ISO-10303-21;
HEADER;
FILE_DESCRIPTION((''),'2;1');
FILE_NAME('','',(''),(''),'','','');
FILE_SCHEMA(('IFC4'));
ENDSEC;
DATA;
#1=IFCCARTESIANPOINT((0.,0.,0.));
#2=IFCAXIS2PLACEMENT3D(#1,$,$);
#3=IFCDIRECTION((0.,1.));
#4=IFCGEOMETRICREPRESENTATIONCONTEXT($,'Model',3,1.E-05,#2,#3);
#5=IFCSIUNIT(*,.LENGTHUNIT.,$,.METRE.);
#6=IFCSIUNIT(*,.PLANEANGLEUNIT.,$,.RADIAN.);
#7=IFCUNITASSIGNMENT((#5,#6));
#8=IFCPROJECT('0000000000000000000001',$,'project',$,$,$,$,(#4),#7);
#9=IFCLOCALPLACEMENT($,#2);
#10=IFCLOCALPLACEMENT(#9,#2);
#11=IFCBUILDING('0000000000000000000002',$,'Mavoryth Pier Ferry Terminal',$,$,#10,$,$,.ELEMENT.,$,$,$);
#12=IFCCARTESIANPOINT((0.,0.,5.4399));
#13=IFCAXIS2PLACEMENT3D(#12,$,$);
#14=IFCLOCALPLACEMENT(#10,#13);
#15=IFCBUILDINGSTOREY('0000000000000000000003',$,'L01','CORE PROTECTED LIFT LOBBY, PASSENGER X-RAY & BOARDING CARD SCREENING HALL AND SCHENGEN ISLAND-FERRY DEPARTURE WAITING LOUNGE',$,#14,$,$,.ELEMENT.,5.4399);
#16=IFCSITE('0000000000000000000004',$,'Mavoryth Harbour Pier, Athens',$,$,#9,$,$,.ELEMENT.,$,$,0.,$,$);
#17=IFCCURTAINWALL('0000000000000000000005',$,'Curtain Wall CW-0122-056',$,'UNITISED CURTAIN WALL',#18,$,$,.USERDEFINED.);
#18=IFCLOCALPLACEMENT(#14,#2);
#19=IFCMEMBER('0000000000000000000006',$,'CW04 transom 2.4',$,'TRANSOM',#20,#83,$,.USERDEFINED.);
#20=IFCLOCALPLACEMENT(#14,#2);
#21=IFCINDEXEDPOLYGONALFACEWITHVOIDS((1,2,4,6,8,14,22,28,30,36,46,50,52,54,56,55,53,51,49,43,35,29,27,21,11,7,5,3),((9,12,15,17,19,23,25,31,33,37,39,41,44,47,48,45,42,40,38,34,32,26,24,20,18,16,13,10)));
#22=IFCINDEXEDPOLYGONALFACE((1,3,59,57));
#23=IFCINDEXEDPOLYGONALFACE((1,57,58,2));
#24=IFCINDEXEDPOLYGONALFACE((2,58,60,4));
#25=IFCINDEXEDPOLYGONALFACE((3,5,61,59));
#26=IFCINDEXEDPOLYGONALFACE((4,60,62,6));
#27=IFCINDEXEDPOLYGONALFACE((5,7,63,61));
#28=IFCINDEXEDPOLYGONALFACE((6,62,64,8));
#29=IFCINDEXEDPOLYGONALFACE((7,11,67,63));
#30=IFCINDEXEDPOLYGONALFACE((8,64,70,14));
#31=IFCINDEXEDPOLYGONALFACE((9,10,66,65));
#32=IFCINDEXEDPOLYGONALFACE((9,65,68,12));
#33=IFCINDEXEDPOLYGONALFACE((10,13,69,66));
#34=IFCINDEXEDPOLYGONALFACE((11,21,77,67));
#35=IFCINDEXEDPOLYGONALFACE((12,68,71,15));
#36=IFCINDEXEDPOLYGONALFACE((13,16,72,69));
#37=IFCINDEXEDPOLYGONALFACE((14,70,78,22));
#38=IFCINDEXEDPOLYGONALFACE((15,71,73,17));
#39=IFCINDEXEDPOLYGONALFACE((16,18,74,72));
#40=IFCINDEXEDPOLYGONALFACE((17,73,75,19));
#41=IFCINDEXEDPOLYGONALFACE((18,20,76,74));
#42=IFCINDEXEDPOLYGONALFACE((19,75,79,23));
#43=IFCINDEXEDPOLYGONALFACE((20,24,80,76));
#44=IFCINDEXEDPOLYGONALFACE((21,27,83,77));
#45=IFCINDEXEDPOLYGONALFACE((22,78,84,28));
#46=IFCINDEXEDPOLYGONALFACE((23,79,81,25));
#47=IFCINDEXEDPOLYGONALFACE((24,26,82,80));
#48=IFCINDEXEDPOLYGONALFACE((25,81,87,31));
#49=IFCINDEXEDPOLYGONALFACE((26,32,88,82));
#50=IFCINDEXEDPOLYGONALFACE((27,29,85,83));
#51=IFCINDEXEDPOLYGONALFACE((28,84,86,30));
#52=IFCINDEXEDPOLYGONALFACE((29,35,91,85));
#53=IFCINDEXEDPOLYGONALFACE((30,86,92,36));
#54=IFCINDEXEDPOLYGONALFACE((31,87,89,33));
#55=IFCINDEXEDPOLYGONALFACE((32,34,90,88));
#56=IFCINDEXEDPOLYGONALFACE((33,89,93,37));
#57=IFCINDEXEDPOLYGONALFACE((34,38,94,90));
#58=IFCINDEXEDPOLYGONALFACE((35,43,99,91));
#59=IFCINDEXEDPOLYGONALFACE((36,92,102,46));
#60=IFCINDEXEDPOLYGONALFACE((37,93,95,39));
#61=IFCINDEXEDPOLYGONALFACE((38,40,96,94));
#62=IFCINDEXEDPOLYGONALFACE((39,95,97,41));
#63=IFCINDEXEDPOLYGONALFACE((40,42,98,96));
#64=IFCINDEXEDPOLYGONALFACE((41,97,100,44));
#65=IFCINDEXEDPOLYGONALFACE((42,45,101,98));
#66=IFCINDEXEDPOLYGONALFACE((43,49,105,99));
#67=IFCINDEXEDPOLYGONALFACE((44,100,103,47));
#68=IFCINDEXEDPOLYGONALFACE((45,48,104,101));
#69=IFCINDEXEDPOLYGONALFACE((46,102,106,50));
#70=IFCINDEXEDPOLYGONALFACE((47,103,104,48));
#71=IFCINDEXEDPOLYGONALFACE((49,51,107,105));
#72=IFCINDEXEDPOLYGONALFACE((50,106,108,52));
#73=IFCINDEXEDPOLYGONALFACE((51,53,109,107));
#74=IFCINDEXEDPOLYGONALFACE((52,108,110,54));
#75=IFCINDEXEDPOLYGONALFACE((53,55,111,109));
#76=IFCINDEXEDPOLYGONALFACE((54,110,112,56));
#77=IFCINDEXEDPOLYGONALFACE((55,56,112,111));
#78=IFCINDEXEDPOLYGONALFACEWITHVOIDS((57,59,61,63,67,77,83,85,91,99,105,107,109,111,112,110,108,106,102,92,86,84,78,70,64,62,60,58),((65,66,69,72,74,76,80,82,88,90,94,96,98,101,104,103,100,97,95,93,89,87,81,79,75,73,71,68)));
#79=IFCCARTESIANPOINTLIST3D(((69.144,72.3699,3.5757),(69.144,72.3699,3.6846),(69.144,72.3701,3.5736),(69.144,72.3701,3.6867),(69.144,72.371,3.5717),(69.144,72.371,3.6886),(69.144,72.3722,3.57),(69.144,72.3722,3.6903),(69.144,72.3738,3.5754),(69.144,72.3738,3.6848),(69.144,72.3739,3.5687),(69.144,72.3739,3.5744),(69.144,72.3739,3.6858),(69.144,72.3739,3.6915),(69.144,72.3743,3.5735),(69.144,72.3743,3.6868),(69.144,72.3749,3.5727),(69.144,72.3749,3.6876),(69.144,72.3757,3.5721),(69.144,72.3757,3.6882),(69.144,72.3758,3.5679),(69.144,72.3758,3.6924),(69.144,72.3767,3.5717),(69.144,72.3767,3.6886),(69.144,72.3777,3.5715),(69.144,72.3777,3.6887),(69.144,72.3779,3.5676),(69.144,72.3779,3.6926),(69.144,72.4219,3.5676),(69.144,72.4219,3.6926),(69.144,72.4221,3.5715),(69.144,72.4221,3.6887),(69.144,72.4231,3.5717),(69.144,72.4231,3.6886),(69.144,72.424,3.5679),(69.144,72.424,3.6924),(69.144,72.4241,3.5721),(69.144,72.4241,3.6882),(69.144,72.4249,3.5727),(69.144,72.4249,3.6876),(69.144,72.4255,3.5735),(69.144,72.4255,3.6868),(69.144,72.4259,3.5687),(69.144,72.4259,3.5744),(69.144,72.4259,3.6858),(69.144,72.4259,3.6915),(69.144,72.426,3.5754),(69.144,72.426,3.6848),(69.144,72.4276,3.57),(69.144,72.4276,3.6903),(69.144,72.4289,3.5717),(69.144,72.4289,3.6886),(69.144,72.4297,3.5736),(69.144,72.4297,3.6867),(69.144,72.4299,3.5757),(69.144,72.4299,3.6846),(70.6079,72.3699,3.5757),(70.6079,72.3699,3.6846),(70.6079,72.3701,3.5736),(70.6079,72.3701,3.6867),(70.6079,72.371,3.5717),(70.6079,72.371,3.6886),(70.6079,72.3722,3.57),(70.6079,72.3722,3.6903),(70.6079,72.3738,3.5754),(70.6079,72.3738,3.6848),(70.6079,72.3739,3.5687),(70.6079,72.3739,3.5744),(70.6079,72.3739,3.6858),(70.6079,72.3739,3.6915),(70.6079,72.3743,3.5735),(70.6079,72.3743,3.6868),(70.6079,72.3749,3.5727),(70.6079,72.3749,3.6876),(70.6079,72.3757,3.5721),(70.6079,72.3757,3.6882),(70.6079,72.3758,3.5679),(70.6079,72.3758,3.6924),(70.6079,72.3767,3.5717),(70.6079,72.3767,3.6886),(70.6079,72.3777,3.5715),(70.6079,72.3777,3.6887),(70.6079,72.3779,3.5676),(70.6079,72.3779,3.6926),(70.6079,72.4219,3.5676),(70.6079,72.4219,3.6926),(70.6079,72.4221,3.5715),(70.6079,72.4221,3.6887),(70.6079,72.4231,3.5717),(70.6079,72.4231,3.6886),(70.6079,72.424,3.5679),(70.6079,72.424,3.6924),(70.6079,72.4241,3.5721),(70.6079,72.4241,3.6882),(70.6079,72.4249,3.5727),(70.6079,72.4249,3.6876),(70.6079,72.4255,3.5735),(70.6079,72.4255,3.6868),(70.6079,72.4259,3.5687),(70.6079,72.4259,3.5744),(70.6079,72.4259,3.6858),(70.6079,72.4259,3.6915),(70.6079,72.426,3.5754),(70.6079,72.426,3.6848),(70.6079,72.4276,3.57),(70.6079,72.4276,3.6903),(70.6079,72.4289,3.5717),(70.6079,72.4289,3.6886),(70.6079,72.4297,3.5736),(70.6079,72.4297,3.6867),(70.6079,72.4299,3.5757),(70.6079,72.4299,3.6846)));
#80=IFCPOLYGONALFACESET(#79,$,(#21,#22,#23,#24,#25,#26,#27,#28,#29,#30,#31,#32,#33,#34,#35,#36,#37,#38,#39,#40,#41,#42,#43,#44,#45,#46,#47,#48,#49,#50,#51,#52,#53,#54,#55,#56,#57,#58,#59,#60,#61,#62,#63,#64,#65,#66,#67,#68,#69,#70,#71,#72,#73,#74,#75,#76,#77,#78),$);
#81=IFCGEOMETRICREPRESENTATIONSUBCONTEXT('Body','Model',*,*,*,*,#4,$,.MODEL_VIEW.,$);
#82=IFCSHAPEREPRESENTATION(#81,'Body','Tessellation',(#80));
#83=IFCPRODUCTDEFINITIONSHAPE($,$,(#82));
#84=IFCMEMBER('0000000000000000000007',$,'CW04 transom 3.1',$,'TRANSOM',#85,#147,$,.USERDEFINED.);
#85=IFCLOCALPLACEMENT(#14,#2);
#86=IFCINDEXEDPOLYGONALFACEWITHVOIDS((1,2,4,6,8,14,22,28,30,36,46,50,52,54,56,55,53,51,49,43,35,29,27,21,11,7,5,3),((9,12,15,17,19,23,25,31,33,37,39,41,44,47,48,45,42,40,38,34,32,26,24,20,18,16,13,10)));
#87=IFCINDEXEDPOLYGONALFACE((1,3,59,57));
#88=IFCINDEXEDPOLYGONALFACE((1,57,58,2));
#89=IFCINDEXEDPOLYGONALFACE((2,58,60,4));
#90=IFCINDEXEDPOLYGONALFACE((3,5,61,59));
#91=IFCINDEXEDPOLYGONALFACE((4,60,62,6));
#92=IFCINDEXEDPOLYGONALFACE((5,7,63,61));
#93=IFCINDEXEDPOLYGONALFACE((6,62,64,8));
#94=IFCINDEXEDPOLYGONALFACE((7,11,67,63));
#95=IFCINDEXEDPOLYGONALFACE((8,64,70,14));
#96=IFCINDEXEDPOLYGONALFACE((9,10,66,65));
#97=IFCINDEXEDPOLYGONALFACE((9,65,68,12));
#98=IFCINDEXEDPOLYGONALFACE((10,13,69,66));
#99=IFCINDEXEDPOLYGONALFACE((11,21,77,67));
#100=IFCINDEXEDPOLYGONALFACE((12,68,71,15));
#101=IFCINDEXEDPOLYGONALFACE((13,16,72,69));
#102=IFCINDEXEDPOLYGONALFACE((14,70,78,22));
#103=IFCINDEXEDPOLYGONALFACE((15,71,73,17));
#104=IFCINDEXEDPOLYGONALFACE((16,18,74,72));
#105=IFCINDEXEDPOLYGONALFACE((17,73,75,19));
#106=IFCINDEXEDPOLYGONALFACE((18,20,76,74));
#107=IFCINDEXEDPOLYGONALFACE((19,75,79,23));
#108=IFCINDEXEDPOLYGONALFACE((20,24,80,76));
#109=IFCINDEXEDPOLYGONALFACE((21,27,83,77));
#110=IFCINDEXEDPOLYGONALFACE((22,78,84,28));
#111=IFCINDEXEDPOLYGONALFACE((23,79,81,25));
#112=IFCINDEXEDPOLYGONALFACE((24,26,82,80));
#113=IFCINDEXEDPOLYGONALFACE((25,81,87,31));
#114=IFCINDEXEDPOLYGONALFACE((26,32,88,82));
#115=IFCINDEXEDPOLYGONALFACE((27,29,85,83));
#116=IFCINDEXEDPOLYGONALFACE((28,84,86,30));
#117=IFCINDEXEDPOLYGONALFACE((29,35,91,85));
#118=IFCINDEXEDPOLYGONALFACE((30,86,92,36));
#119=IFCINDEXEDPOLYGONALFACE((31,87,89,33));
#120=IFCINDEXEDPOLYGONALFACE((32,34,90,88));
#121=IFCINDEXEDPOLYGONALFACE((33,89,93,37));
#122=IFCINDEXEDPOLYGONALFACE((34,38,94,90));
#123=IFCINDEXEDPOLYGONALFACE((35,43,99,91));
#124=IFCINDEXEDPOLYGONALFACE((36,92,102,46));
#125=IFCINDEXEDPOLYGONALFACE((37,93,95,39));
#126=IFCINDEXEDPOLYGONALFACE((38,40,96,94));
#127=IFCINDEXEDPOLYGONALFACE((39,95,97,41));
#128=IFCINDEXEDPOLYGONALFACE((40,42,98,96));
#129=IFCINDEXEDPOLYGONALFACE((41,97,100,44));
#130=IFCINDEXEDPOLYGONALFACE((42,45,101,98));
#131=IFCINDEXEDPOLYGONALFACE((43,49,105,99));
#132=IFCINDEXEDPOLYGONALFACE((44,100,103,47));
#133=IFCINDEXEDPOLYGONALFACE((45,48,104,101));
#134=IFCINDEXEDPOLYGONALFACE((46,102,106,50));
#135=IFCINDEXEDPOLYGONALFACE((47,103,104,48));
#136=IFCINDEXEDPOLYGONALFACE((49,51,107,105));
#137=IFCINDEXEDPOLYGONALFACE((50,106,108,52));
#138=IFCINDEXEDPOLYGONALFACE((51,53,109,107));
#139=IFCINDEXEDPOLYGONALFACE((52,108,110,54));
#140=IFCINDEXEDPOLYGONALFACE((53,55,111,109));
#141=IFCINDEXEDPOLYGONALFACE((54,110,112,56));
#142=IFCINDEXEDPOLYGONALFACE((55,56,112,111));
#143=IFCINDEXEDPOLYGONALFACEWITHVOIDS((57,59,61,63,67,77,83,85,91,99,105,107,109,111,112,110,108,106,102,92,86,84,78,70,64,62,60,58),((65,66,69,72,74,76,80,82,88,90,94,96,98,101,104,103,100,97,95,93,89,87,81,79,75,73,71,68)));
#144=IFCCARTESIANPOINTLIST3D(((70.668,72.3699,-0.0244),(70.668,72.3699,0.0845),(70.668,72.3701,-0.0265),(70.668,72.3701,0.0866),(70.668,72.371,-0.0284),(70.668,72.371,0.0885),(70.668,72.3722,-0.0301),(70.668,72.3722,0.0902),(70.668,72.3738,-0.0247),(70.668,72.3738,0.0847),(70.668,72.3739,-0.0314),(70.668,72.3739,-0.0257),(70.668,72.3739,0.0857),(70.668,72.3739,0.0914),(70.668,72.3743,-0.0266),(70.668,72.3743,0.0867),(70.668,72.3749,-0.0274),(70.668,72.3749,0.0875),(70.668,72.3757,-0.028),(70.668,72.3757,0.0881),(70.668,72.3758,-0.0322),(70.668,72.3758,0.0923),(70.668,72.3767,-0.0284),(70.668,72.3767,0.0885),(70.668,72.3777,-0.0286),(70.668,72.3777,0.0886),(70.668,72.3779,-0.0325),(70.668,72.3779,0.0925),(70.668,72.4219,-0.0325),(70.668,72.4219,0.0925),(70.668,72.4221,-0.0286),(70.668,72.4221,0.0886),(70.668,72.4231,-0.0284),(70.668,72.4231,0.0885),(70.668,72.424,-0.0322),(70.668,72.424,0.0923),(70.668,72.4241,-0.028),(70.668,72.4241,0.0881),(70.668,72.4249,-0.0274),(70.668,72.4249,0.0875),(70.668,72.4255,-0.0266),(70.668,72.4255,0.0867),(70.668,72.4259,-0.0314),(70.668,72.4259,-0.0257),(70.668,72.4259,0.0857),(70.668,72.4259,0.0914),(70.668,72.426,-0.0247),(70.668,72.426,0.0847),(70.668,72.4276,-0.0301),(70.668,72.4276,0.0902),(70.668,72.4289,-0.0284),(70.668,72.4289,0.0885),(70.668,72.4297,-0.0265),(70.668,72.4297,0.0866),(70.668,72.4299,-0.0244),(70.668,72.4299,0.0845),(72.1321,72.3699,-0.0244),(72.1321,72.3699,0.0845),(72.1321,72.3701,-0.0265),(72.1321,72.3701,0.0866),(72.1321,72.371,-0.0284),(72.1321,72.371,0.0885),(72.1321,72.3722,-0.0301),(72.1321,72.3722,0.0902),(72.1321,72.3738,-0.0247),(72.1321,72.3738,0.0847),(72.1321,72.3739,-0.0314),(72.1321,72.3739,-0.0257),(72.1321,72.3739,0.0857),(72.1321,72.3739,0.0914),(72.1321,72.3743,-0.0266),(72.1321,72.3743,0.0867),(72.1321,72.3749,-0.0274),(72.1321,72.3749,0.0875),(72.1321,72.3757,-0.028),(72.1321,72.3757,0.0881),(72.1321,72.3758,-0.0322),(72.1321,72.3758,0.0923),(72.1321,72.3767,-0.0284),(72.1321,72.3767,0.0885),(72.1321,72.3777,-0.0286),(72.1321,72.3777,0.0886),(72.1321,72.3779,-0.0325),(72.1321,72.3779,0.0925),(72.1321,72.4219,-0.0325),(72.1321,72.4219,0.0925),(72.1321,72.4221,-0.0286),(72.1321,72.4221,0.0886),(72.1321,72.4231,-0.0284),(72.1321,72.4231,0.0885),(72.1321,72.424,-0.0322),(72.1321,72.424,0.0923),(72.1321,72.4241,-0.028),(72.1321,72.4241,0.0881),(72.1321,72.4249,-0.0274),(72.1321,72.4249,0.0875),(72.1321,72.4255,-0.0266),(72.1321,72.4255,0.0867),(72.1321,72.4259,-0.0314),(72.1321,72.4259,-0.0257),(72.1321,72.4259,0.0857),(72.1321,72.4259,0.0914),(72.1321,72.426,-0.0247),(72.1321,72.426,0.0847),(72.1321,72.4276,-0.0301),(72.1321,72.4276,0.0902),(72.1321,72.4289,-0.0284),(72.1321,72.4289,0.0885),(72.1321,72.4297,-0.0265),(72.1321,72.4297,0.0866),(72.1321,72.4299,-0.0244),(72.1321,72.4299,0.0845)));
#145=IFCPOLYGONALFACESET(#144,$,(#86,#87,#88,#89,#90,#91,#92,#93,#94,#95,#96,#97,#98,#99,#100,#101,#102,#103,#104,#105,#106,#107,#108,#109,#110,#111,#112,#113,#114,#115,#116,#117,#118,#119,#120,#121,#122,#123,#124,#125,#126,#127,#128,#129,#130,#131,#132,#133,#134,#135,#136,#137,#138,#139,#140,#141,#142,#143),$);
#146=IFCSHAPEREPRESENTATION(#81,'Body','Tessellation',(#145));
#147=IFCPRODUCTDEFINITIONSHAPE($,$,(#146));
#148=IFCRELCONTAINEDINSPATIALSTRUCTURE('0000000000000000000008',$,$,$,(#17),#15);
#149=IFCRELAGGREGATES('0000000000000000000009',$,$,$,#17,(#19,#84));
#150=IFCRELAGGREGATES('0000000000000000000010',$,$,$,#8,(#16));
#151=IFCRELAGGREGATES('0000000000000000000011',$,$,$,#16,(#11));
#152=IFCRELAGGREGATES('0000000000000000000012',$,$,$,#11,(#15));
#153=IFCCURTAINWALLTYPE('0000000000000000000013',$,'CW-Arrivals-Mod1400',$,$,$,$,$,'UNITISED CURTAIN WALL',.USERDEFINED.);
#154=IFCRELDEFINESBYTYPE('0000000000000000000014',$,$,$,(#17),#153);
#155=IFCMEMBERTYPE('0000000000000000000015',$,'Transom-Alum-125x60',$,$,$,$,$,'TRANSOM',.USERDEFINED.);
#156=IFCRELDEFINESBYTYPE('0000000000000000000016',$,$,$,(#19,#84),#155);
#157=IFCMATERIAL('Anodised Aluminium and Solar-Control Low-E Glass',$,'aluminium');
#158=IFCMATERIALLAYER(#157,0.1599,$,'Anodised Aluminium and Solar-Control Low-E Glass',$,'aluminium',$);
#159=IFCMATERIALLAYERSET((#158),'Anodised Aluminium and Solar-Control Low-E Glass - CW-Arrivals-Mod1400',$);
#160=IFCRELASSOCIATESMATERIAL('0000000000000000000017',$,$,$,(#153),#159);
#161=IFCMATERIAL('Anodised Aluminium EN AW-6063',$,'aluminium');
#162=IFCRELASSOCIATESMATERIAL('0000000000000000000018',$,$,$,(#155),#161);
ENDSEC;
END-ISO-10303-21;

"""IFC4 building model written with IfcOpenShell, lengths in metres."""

from ifc_helpers import new_model, si_unit, direction, frame, origin, origin_2d, place, context, subcontext, project, spatial, hollow_rectangle, extrude, material, layer, layer_set, material_profile, profile_set, type_object, element, aggregate, save


model = new_model("IFC4")

# Units and contexts
model_context = context("Model", 3, precision=1e-05, world=origin(), true_north=direction((0.0, 1.0)))
body_context = subcontext(model_context, "Body", "Model", "MODEL_VIEW")
ifc_project = project(units=[si_unit("LENGTHUNIT", "METRE"), si_unit("PLANEANGLEUNIT", "RADIAN")], contexts=[model_context])

# Site, building, storey
site_placement = place(None, origin())
site = spatial("IfcSite", under=ifc_project, at=site_placement, Name="Mavoryth Harbour Pier, Athens", CompositionType="ELEMENT", RefElevation=0.0)
building_placement = place(site_placement, origin())
building = spatial("IfcBuilding", under=site, at=building_placement, Name="Mavoryth Pier Ferry Terminal", CompositionType="ELEMENT")
storey_placement = place(building_placement, frame((0.0, 0.0, 5.4399)))
storey = spatial("IfcBuildingStorey", under=building, at=storey_placement, Name="L01", Description="CORE PROTECTED LIFT LOBBY, PASSENGER X-RAY & BOARDING CARD SCREENING HALL AND SCHENGEN ISLAND-FERRY DEPARTURE WAITING LOUNGE", CompositionType="ELEMENT", Elevation=5.4399)

# Curtain wall, members
ifc_material_1 = material(Name="Anodised Aluminium and Solar-Control Low-E Glass", Category="aluminium")
ifc_layer_1 = layer(ifc_material_1, 0.1599, Name="Anodised Aluminium and Solar-Control Low-E Glass", Category="aluminium")
ifc_layer_set_1 = layer_set([ifc_layer_1], Name="Anodised Aluminium and Solar-Control Low-E Glass - CW-Arrivals-Mod1400")
curtain_wall_type = type_object("IfcCurtainWallType", Name="CW-Arrivals-Mod1400", ElementType="UNITISED CURTAIN WALL", PredefinedType="USERDEFINED", material=ifc_layer_set_1)
curtain_wall_placement = place(storey_placement, origin())
curtain_wall = element("IfcCurtainWall", 1, at=curtain_wall_placement, inside=storey, type_object=curtain_wall_type, Name="Curtain Wall CW-0122-056", ObjectType="UNITISED CURTAIN WALL", PredefinedType="USERDEFINED")
ifc_material_2 = material(Name="Anodised Aluminium EN AW-6063", Category="aluminium")
ifc_material_profile_1 = material_profile(ifc_material_2, hollow_rectangle(XDim=0.0601, YDim=0.125, WallThickness=0.0039, InnerFilletRadius=0.0039, OuterFilletRadius=0.0081, at=origin_2d()), Name="AL-TRAN 125x60x4", Category="aluminium")
ifc_profile_set_1 = profile_set([ifc_material_profile_1], Name="Anodised Aluminium EN AW-6063 - AL-TRAN 125x60x4")
member_type_1 = type_object("IfcMemberType", Name="Transom-Alum-125x60", ElementType="TRANSOM", PredefinedType="USERDEFINED", material=ifc_profile_set_1)
member_1_placement = place(storey_placement, frame((69.144, 72.3999, 3.6301), z_axis=(1.0, 0.0, 0.0), x_axis=(0.0, 1.0, 0.0)))
member_1 = element("IfcMember", 2, at=member_1_placement, type_object=member_type_1, Name="CW04 transom 2.4", ObjectType="TRANSOM", PredefinedType="USERDEFINED", context=body_context, shape_type="SweptSolid", body=[
    extrude(hollow_rectangle(XDim=0.0601, YDim=0.125, WallThickness=0.0039, InnerFilletRadius=0.0039, OuterFilletRadius=0.0081, at=origin_2d()), origin(), (0.0, 0.0, 1.0), 1.4639),
])
member_2_placement = place(storey_placement, frame((70.668, 72.3999, 0.03), z_axis=(1.0, 0.0, 0.0), x_axis=(0.0, 1.0, 0.0)))
member_2 = element("IfcMember", 3, at=member_2_placement, type_object=member_type_1, Name="CW04 transom 3.1", ObjectType="TRANSOM", PredefinedType="USERDEFINED", context=body_context, shape_type="SweptSolid", body=[
    extrude(hollow_rectangle(XDim=0.0601, YDim=0.125, WallThickness=0.0039, InnerFilletRadius=0.0039, OuterFilletRadius=0.0081, at=origin_2d()), origin(), (0.0, 0.0, 1.0), 1.4641),
])
aggregate(curtain_wall, [member_1, member_2])

save(model, "model.ifc")
